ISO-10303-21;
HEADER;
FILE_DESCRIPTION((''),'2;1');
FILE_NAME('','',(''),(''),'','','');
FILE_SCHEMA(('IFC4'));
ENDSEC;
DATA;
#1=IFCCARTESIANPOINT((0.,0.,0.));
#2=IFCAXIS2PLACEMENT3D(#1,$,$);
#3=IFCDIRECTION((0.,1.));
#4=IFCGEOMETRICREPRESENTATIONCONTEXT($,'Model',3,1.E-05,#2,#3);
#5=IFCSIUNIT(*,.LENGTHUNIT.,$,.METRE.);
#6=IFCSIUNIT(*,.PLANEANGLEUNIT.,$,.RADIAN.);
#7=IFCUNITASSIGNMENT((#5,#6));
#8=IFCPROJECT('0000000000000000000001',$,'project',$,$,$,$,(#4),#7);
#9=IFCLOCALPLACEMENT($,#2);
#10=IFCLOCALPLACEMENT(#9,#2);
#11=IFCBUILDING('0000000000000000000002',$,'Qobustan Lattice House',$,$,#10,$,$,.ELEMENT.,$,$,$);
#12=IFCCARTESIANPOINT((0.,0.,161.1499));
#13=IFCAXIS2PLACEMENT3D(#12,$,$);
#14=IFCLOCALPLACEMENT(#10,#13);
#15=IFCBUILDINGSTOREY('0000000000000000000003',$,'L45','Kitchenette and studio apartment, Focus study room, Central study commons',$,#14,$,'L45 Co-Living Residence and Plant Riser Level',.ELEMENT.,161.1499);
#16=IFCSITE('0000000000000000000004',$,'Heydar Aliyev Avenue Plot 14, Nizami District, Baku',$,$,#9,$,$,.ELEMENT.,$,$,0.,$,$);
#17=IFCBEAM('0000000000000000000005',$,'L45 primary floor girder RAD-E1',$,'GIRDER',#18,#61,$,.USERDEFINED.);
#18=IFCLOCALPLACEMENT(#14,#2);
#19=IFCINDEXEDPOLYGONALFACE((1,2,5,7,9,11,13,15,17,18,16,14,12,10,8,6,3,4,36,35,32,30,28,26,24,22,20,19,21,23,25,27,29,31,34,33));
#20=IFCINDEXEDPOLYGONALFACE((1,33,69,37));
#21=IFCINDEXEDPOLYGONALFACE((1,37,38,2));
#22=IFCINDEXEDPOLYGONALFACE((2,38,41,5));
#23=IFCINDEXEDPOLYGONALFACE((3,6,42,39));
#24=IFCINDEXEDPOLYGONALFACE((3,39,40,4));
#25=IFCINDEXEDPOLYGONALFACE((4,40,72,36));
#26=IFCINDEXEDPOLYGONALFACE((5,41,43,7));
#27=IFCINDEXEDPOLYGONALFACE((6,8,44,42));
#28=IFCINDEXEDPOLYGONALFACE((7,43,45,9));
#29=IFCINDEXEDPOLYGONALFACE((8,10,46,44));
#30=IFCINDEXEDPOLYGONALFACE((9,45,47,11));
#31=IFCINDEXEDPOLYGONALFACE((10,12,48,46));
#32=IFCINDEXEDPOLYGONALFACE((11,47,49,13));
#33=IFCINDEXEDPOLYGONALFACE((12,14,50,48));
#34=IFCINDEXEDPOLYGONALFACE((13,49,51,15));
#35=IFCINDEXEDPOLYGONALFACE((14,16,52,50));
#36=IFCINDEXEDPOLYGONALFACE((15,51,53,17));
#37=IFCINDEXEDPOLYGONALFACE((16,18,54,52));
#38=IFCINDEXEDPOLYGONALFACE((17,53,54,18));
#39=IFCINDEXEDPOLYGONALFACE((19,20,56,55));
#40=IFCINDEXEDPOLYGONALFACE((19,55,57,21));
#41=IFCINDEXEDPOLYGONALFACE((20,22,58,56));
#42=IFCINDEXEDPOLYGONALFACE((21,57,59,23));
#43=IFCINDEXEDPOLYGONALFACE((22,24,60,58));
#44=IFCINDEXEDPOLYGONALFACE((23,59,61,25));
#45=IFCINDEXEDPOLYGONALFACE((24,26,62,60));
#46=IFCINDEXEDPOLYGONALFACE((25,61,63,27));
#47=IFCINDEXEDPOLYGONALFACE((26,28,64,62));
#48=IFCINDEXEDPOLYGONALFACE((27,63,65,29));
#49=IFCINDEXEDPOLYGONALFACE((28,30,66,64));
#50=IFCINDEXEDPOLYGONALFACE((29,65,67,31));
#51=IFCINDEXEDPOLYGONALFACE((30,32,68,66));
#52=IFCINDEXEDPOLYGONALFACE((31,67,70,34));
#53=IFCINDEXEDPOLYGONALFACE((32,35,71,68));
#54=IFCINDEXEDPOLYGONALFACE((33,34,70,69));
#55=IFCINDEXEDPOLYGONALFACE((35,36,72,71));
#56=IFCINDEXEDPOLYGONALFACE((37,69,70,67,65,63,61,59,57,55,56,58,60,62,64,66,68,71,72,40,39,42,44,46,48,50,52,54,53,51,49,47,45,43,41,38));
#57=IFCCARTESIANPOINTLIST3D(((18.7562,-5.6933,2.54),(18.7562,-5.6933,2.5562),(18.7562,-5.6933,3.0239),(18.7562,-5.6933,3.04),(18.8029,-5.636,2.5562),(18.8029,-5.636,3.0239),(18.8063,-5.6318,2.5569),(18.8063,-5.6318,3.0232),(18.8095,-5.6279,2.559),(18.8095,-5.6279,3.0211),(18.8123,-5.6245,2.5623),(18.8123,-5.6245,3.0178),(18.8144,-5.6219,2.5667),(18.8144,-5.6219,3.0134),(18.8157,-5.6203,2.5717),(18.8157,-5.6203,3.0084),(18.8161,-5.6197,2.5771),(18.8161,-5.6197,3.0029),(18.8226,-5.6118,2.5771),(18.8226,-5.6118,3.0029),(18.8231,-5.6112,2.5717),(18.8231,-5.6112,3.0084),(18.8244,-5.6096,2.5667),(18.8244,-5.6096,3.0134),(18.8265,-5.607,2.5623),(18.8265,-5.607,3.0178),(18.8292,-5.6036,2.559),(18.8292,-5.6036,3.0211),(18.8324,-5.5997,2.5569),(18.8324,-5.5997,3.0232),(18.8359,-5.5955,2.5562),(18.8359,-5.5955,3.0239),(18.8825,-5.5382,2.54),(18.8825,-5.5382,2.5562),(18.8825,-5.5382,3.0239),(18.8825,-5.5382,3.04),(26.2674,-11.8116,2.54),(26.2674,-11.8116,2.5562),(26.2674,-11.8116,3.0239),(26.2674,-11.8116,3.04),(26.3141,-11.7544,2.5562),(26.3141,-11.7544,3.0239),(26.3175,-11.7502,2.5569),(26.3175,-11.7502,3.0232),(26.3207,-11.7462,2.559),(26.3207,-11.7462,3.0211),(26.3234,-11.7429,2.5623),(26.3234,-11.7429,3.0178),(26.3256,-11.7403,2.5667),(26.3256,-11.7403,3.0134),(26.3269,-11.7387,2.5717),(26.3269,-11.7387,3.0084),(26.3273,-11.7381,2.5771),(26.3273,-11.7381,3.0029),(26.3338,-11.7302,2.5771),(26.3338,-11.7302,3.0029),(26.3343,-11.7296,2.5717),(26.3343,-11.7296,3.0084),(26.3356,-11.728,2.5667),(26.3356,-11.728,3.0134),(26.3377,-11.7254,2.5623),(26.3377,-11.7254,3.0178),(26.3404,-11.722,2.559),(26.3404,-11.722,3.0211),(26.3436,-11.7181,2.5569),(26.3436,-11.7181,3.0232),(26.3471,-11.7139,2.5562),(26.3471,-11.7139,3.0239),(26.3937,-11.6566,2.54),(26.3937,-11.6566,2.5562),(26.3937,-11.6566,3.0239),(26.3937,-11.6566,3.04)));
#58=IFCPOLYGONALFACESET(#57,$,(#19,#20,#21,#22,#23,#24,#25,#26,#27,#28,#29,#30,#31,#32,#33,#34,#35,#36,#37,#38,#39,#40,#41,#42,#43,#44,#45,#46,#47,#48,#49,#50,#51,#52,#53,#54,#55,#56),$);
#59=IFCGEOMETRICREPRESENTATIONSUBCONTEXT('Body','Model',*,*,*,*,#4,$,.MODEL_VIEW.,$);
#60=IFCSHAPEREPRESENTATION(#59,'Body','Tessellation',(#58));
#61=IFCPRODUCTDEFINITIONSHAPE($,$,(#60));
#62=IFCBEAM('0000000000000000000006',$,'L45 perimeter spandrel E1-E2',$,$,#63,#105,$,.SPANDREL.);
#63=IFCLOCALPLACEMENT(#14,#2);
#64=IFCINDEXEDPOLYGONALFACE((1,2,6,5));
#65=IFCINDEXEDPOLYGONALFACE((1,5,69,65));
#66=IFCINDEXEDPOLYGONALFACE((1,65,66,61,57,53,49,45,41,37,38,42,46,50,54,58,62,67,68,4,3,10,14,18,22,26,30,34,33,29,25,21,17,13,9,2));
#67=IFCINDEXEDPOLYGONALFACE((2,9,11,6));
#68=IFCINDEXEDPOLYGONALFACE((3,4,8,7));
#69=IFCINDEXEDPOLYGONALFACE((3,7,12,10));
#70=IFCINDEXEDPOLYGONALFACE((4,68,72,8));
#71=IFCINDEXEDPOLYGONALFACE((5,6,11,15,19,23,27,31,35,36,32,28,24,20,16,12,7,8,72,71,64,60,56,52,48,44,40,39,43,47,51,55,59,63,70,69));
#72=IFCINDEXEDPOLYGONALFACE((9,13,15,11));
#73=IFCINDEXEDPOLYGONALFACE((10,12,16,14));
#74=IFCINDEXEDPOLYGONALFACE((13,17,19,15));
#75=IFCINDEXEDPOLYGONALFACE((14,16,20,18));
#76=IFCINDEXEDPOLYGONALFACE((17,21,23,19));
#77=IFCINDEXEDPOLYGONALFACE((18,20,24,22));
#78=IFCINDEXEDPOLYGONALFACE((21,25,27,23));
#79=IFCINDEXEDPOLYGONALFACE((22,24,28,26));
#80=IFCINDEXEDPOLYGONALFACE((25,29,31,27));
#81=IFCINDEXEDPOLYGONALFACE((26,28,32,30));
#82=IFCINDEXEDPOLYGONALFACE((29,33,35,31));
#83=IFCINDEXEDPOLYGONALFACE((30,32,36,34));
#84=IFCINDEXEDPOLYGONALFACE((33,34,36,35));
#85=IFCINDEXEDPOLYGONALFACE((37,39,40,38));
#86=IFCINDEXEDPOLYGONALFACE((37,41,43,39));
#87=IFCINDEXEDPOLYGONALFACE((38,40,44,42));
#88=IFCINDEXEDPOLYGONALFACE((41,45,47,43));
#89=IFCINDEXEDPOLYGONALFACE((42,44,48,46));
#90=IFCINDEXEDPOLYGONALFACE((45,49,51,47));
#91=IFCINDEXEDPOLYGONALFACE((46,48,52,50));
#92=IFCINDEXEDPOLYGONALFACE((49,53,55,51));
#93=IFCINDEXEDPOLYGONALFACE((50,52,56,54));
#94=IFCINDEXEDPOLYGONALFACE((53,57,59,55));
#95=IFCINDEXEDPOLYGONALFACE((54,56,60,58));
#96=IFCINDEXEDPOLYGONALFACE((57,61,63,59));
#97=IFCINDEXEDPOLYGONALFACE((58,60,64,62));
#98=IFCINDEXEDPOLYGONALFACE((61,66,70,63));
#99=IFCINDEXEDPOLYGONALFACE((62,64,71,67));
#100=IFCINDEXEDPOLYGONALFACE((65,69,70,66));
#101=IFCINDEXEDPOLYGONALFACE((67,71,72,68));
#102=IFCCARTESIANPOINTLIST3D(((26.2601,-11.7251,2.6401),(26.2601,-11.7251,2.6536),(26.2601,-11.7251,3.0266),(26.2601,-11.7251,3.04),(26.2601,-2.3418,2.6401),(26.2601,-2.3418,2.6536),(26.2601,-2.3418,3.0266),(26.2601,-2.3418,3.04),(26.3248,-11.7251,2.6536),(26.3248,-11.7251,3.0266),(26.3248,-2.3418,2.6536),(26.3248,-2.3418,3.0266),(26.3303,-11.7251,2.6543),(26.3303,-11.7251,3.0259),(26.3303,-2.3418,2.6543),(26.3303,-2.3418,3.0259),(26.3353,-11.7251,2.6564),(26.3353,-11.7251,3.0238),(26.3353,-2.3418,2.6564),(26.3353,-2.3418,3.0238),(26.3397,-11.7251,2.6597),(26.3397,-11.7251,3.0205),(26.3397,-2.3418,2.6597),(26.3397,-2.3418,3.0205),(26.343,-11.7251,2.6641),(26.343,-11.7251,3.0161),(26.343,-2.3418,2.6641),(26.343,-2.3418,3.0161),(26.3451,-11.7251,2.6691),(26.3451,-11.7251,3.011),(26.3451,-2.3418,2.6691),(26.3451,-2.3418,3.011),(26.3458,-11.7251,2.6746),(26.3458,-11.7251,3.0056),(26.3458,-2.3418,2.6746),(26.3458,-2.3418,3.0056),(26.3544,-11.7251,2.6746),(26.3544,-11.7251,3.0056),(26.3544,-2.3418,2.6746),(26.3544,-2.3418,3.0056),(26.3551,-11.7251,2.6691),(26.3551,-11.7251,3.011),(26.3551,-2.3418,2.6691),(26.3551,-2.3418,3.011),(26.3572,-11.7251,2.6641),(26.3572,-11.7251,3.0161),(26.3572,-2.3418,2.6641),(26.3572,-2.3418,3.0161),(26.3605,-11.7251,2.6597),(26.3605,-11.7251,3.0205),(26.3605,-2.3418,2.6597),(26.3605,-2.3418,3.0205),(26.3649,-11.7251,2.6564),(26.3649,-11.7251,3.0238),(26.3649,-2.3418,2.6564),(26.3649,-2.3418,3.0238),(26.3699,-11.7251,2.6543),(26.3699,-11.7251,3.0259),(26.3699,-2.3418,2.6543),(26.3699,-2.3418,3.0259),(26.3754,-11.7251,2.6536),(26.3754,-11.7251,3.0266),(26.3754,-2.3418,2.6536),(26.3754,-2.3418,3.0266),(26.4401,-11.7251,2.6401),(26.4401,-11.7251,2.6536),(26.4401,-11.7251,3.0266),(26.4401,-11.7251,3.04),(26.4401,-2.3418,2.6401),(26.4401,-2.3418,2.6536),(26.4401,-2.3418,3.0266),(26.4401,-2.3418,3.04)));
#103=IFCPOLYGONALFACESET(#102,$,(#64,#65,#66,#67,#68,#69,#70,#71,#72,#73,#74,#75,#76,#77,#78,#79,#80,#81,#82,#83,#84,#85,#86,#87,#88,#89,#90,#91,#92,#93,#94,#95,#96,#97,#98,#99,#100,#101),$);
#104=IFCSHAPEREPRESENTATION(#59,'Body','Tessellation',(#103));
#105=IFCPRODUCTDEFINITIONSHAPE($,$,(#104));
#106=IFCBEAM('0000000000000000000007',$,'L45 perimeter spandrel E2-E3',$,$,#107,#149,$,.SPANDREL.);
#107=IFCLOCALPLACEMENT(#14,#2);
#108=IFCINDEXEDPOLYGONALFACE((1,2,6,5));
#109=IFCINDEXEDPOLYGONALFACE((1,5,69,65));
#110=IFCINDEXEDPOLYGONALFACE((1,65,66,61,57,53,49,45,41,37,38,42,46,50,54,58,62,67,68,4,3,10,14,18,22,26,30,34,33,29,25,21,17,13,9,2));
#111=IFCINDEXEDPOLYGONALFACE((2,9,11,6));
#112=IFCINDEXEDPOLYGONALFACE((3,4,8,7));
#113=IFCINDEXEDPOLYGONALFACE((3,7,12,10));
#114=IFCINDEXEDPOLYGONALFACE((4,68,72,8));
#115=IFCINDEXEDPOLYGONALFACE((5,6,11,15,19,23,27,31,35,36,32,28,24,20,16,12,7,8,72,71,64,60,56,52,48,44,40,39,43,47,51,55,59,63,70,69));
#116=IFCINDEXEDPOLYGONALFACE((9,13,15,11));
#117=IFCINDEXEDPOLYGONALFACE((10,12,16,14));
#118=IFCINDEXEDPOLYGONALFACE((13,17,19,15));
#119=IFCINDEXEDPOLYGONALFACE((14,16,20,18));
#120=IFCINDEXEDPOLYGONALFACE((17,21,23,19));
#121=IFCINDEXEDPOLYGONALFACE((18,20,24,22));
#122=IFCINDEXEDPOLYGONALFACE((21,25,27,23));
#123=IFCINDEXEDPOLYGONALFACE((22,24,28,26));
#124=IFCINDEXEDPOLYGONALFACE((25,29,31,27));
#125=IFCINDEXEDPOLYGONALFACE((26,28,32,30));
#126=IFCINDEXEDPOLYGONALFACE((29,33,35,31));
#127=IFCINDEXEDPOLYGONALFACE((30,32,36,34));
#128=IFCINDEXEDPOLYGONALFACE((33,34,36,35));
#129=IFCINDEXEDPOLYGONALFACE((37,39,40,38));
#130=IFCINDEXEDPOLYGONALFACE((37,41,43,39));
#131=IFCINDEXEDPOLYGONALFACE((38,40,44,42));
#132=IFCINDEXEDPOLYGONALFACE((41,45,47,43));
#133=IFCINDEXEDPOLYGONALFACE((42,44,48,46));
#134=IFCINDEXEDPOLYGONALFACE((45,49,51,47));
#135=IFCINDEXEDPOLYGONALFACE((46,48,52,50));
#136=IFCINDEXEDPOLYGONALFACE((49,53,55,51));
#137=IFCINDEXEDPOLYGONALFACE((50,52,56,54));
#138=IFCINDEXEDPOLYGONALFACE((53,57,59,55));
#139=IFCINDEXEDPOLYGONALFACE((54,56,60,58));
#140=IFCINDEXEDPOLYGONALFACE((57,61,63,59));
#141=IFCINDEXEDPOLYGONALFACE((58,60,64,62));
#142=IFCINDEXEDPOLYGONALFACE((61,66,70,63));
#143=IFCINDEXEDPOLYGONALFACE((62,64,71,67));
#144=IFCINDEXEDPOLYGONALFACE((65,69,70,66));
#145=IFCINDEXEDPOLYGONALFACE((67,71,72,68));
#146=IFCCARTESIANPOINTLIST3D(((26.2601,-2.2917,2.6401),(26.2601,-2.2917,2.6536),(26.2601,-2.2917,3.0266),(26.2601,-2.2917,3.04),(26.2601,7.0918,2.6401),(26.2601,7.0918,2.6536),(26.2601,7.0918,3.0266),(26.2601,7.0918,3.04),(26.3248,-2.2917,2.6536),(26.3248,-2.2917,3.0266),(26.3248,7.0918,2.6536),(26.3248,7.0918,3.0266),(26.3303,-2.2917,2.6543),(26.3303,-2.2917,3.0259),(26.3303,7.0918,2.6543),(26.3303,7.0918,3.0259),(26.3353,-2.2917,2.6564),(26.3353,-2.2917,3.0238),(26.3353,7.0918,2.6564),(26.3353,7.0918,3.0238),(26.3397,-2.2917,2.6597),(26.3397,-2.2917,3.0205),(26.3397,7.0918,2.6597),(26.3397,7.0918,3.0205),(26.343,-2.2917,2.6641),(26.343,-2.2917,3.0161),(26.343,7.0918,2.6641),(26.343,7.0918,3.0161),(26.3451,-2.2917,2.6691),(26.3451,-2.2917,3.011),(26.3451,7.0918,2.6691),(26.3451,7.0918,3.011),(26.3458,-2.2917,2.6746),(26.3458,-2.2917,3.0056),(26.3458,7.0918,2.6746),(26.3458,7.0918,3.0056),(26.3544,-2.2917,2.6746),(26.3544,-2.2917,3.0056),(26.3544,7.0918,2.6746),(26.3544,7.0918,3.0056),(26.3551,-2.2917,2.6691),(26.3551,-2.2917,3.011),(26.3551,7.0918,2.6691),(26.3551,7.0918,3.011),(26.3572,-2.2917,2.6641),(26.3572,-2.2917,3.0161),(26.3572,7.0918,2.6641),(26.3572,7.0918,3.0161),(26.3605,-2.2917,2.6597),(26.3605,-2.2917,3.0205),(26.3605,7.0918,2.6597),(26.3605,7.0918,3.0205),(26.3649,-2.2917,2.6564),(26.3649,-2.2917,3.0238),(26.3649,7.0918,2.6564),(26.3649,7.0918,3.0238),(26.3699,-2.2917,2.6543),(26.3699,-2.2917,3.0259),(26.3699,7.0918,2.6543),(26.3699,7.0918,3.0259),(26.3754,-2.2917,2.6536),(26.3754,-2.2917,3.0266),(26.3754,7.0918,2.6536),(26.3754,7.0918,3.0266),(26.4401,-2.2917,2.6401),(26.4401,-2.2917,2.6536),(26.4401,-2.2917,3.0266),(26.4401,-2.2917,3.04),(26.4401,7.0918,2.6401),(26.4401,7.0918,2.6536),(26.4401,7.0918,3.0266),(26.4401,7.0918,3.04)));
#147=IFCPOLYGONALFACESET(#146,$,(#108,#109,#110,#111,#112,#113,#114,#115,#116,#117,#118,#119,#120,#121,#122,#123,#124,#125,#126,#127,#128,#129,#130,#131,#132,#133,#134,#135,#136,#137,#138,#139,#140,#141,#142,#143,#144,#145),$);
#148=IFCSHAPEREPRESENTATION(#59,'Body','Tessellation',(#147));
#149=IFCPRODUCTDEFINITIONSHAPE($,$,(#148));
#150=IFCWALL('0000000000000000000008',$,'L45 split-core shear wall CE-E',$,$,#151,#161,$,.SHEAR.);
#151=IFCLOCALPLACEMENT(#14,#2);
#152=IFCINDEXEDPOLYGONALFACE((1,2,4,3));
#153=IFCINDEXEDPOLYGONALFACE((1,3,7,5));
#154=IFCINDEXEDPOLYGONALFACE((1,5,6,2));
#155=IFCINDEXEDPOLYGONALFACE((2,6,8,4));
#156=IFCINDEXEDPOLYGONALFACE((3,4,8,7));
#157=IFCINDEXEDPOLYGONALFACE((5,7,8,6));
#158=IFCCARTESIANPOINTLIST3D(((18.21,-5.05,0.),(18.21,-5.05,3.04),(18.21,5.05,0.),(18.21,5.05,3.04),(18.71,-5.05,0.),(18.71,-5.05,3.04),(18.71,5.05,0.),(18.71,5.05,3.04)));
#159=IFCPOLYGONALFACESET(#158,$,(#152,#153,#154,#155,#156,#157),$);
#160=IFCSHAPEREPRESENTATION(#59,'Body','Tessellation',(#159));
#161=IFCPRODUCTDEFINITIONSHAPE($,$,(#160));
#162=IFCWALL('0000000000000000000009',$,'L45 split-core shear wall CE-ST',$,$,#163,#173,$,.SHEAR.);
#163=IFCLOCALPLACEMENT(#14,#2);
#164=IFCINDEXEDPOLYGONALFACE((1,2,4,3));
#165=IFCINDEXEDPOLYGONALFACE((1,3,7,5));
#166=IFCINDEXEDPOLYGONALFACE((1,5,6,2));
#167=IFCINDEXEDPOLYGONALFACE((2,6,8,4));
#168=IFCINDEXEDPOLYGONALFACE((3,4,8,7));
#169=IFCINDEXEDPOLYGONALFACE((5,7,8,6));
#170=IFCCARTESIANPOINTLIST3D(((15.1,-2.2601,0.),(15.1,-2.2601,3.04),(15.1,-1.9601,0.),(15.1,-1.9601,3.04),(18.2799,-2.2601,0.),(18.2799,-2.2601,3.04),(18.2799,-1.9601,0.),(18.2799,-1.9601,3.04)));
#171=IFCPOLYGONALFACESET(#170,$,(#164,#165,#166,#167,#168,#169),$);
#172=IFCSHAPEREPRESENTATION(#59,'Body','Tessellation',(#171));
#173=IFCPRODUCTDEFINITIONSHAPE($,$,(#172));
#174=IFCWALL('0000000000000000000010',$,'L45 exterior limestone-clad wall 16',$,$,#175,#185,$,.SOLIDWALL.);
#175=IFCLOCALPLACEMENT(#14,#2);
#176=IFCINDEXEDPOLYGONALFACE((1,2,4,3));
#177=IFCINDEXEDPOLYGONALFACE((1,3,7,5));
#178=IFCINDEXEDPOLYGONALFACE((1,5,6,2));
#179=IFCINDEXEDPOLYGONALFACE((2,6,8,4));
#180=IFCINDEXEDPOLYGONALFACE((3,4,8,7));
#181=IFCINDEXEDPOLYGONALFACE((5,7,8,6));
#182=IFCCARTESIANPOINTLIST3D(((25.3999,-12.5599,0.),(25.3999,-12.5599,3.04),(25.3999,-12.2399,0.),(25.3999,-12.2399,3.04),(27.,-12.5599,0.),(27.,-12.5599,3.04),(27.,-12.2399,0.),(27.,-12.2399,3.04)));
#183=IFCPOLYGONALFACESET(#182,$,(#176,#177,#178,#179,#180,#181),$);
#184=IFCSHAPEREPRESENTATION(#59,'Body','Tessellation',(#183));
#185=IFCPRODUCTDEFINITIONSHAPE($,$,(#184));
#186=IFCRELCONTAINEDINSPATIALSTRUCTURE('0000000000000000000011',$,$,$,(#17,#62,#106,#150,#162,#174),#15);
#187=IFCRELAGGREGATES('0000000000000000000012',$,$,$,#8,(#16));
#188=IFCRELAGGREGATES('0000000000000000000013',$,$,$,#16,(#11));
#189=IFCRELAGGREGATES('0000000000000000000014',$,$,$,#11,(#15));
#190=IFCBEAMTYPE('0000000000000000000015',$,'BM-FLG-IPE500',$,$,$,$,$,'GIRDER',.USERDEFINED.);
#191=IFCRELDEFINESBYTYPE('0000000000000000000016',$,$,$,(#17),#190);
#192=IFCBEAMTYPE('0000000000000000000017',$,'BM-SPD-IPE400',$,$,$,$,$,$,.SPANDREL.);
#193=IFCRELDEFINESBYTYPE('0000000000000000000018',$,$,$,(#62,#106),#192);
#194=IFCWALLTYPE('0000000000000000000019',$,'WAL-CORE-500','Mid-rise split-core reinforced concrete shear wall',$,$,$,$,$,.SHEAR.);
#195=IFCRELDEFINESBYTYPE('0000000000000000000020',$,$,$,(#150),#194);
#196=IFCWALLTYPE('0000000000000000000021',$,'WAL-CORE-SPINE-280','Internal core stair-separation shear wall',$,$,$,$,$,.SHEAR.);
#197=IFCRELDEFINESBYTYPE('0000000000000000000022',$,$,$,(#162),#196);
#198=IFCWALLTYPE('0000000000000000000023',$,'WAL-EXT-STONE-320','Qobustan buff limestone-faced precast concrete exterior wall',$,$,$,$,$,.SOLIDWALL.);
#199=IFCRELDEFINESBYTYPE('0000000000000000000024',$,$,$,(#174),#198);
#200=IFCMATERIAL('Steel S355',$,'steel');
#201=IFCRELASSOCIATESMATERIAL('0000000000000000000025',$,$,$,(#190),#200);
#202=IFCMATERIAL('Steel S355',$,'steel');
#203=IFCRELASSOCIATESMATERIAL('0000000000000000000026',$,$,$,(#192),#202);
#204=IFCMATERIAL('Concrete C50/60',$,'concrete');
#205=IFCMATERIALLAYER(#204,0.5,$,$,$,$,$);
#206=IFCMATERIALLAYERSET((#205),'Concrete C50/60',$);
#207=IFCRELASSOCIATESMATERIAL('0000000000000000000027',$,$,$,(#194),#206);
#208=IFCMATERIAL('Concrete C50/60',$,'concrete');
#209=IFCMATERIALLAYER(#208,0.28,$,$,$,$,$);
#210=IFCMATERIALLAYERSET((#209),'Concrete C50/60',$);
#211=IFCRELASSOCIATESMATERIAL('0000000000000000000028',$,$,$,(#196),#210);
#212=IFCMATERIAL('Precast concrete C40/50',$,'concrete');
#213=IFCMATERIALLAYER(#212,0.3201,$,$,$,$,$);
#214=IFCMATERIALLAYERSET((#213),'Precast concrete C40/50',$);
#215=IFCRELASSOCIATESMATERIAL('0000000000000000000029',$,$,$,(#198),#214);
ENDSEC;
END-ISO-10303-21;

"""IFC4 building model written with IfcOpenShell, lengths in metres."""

from ifc_helpers import new_model, si_unit, direction, frame, frame_2d, origin, origin_2d, place, context, subcontext, project, spatial, rectangle, i_section, extrude, material, layer, layer_set, material_profile, profile_set, type_object, element, save


model = new_model("IFC4")

# Units and contexts
model_context = context("Model", 3, precision=1e-05, world=origin(), true_north=direction((0.0, 1.0)))
body_context = subcontext(model_context, "Body", "Model", "MODEL_VIEW")
ifc_project = project(units=[si_unit("LENGTHUNIT", "METRE"), si_unit("PLANEANGLEUNIT", "RADIAN")], contexts=[model_context])

# Site, building, storey
site_placement = place(None, origin())
site = spatial("IfcSite", under=ifc_project, at=site_placement, Name="Heydar Aliyev Avenue Plot 14, Nizami District, Baku", CompositionType="ELEMENT", RefElevation=0.0)
building_placement = place(site_placement, origin())
building = spatial("IfcBuilding", under=site, at=building_placement, Name="Qobustan Lattice House", CompositionType="ELEMENT")
storey_placement = place(building_placement, frame((0.0, 0.0, 161.1499)))
storey = spatial("IfcBuildingStorey", under=building, at=storey_placement, Name="L45", Description="Kitchenette and studio apartment, Focus study room, Central study commons", LongName="L45 Co-Living Residence and Plant Riser Level", CompositionType="ELEMENT", Elevation=161.1499)

# Beams
ifc_material_1 = material(Name="Steel S355", Category="steel")
ifc_material_profile_1 = material_profile(ifc_material_1, i_section(OverallWidth=0.2, OverallDepth=0.5, WebThickness=0.0103, FlangeThickness=0.0161, FilletRadius=0.021, at=origin_2d()), Name="IPE500")
ifc_profile_set_1 = profile_set([ifc_material_profile_1], Name="Steel S355")
beam_type_1 = type_object("IfcBeamType", Name="BM-FLG-IPE500", ElementType="GIRDER", PredefinedType="USERDEFINED", material=ifc_profile_set_1)
beam_1_placement = place(storey_placement, frame((26.3306, -11.7341, 2.79), z_axis=(-0.775329, 0.631558, 0.0), x_axis=(-0.631558, -0.775329, 0.0)))
element("IfcBeam", 1, at=beam_1_placement, inside=storey, type_object=beam_type_1, Name="L45 primary floor girder RAD-E1", ObjectType="GIRDER", PredefinedType="USERDEFINED", context=body_context, shape_type="SweptSolid", body=[
    extrude(i_section(OverallWidth=0.2, OverallDepth=0.5, WebThickness=0.0103, FlangeThickness=0.0161, FilletRadius=0.021, at=origin_2d()), origin(), (0.0, 0.0, 1.0), 9.6877),
])
ifc_material_2 = material(Name="Steel S355", Category="steel")
ifc_material_profile_2 = material_profile(ifc_material_2, i_section(OverallWidth=0.1799, OverallDepth=0.3999, WebThickness=0.0085, FlangeThickness=0.0134, FilletRadius=0.021, at=origin_2d()), Name="IPE400")
ifc_profile_set_2 = profile_set([ifc_material_profile_2], Name="Steel S355")
beam_type_2 = type_object("IfcBeamType", Name="BM-SPD-IPE400", PredefinedType="SPANDREL", material=ifc_profile_set_2)
beam_2_placement = place(storey_placement, frame((26.3501, -11.7251, 2.8401), z_axis=(0.0, 1.0, 0.0), x_axis=(-1.0, 0.0, 0.0)))
element("IfcBeam", 2, at=beam_2_placement, inside=storey, type_object=beam_type_2, Name="L45 perimeter spandrel E1-E2", PredefinedType="SPANDREL", context=body_context, shape_type="SweptSolid", body=[
    extrude(i_section(OverallWidth=0.1799, OverallDepth=0.3999, WebThickness=0.0085, FlangeThickness=0.0134, FilletRadius=0.021, at=origin_2d()), origin(), (0.0, 0.0, 1.0), 9.3833),
])
beam_3_placement = place(storey_placement, frame((26.3501, -2.2917, 2.8401), z_axis=(0.0, 1.0, 0.0), x_axis=(-1.0, 0.0, 0.0)))
element("IfcBeam", 3, at=beam_3_placement, inside=storey, type_object=beam_type_2, Name="L45 perimeter spandrel E2-E3", PredefinedType="SPANDREL", context=body_context, shape_type="SweptSolid", body=[
    extrude(i_section(OverallWidth=0.1799, OverallDepth=0.3999, WebThickness=0.0085, FlangeThickness=0.0134, FilletRadius=0.021, at=origin_2d()), origin(), (0.0, 0.0, 1.0), 9.3835),
])

# Walls
ifc_material_3 = material(Name="Concrete C50/60", Category="concrete")
ifc_layer_1 = layer(ifc_material_3, 0.5)
ifc_layer_set_1 = layer_set([ifc_layer_1], Name="Concrete C50/60")
wall_type_1 = type_object("IfcWallType", Name="WAL-CORE-500", Description="Mid-rise split-core reinforced concrete shear wall", PredefinedType="SHEAR", material=ifc_layer_set_1)
wall_1_placement = place(storey_placement, frame((18.46, -5.05, 0.0), z_axis=(0.0, 0.0, 1.0), x_axis=(0.0, 1.0, 0.0)))
element("IfcWall", 4, at=wall_1_placement, inside=storey, type_object=wall_type_1, Name="L45 split-core shear wall CE-E", PredefinedType="SHEAR", context=body_context, shape_type="SweptSolid", body=[
    extrude(rectangle(XDim=10.1001, YDim=0.5, at=frame_2d((5.05, 0.0))), origin(), (0.0, 0.0, 1.0), 3.04),
])
ifc_material_4 = material(Name="Concrete C50/60", Category="concrete")
ifc_layer_2 = layer(ifc_material_4, 0.28)
ifc_layer_set_2 = layer_set([ifc_layer_2], Name="Concrete C50/60")
wall_type_2 = type_object("IfcWallType", Name="WAL-CORE-SPINE-280", Description="Internal core stair-separation shear wall", PredefinedType="SHEAR", material=ifc_layer_set_2)
wall_2_placement = place(storey_placement, frame((15.1001, -2.1101, 0.0), z_axis=(0.0, 0.0, 1.0), x_axis=(1.0, 0.0, 0.0)))
element("IfcWall", 5, at=wall_2_placement, inside=storey, type_object=wall_type_2, Name="L45 split-core shear wall CE-ST", PredefinedType="SHEAR", context=body_context, shape_type="SweptSolid", body=[
    extrude(rectangle(XDim=3.1799, YDim=0.3, at=frame_2d((1.5898, 0.0))), origin(), (0.0, 0.0, 1.0), 3.04),
])
ifc_material_5 = material(Name="Precast concrete C40/50", Category="concrete")
ifc_layer_3 = layer(ifc_material_5, 0.3201)
ifc_layer_set_3 = layer_set([ifc_layer_3], Name="Precast concrete C40/50")
wall_type_3 = type_object("IfcWallType", Name="WAL-EXT-STONE-320", Description="Qobustan buff limestone-faced precast concrete exterior wall", PredefinedType="SOLIDWALL", material=ifc_layer_set_3)
wall_3_placement = place(storey_placement, frame((27.0, -12.3999, 0.0), z_axis=(0.0, 0.0, 1.0), x_axis=(-1.0, 0.0, 0.0)))
element("IfcWall", 6, at=wall_3_placement, inside=storey, type_object=wall_type_3, Name="L45 exterior limestone-clad wall 16", PredefinedType="SOLIDWALL", context=body_context, shape_type="SweptSolid", body=[
    extrude(rectangle(XDim=1.6001, YDim=0.3201, at=frame_2d((0.8, 0.0))), origin(), (0.0, 0.0, 1.0), 3.04),
])

save(model, "model.ifc")
